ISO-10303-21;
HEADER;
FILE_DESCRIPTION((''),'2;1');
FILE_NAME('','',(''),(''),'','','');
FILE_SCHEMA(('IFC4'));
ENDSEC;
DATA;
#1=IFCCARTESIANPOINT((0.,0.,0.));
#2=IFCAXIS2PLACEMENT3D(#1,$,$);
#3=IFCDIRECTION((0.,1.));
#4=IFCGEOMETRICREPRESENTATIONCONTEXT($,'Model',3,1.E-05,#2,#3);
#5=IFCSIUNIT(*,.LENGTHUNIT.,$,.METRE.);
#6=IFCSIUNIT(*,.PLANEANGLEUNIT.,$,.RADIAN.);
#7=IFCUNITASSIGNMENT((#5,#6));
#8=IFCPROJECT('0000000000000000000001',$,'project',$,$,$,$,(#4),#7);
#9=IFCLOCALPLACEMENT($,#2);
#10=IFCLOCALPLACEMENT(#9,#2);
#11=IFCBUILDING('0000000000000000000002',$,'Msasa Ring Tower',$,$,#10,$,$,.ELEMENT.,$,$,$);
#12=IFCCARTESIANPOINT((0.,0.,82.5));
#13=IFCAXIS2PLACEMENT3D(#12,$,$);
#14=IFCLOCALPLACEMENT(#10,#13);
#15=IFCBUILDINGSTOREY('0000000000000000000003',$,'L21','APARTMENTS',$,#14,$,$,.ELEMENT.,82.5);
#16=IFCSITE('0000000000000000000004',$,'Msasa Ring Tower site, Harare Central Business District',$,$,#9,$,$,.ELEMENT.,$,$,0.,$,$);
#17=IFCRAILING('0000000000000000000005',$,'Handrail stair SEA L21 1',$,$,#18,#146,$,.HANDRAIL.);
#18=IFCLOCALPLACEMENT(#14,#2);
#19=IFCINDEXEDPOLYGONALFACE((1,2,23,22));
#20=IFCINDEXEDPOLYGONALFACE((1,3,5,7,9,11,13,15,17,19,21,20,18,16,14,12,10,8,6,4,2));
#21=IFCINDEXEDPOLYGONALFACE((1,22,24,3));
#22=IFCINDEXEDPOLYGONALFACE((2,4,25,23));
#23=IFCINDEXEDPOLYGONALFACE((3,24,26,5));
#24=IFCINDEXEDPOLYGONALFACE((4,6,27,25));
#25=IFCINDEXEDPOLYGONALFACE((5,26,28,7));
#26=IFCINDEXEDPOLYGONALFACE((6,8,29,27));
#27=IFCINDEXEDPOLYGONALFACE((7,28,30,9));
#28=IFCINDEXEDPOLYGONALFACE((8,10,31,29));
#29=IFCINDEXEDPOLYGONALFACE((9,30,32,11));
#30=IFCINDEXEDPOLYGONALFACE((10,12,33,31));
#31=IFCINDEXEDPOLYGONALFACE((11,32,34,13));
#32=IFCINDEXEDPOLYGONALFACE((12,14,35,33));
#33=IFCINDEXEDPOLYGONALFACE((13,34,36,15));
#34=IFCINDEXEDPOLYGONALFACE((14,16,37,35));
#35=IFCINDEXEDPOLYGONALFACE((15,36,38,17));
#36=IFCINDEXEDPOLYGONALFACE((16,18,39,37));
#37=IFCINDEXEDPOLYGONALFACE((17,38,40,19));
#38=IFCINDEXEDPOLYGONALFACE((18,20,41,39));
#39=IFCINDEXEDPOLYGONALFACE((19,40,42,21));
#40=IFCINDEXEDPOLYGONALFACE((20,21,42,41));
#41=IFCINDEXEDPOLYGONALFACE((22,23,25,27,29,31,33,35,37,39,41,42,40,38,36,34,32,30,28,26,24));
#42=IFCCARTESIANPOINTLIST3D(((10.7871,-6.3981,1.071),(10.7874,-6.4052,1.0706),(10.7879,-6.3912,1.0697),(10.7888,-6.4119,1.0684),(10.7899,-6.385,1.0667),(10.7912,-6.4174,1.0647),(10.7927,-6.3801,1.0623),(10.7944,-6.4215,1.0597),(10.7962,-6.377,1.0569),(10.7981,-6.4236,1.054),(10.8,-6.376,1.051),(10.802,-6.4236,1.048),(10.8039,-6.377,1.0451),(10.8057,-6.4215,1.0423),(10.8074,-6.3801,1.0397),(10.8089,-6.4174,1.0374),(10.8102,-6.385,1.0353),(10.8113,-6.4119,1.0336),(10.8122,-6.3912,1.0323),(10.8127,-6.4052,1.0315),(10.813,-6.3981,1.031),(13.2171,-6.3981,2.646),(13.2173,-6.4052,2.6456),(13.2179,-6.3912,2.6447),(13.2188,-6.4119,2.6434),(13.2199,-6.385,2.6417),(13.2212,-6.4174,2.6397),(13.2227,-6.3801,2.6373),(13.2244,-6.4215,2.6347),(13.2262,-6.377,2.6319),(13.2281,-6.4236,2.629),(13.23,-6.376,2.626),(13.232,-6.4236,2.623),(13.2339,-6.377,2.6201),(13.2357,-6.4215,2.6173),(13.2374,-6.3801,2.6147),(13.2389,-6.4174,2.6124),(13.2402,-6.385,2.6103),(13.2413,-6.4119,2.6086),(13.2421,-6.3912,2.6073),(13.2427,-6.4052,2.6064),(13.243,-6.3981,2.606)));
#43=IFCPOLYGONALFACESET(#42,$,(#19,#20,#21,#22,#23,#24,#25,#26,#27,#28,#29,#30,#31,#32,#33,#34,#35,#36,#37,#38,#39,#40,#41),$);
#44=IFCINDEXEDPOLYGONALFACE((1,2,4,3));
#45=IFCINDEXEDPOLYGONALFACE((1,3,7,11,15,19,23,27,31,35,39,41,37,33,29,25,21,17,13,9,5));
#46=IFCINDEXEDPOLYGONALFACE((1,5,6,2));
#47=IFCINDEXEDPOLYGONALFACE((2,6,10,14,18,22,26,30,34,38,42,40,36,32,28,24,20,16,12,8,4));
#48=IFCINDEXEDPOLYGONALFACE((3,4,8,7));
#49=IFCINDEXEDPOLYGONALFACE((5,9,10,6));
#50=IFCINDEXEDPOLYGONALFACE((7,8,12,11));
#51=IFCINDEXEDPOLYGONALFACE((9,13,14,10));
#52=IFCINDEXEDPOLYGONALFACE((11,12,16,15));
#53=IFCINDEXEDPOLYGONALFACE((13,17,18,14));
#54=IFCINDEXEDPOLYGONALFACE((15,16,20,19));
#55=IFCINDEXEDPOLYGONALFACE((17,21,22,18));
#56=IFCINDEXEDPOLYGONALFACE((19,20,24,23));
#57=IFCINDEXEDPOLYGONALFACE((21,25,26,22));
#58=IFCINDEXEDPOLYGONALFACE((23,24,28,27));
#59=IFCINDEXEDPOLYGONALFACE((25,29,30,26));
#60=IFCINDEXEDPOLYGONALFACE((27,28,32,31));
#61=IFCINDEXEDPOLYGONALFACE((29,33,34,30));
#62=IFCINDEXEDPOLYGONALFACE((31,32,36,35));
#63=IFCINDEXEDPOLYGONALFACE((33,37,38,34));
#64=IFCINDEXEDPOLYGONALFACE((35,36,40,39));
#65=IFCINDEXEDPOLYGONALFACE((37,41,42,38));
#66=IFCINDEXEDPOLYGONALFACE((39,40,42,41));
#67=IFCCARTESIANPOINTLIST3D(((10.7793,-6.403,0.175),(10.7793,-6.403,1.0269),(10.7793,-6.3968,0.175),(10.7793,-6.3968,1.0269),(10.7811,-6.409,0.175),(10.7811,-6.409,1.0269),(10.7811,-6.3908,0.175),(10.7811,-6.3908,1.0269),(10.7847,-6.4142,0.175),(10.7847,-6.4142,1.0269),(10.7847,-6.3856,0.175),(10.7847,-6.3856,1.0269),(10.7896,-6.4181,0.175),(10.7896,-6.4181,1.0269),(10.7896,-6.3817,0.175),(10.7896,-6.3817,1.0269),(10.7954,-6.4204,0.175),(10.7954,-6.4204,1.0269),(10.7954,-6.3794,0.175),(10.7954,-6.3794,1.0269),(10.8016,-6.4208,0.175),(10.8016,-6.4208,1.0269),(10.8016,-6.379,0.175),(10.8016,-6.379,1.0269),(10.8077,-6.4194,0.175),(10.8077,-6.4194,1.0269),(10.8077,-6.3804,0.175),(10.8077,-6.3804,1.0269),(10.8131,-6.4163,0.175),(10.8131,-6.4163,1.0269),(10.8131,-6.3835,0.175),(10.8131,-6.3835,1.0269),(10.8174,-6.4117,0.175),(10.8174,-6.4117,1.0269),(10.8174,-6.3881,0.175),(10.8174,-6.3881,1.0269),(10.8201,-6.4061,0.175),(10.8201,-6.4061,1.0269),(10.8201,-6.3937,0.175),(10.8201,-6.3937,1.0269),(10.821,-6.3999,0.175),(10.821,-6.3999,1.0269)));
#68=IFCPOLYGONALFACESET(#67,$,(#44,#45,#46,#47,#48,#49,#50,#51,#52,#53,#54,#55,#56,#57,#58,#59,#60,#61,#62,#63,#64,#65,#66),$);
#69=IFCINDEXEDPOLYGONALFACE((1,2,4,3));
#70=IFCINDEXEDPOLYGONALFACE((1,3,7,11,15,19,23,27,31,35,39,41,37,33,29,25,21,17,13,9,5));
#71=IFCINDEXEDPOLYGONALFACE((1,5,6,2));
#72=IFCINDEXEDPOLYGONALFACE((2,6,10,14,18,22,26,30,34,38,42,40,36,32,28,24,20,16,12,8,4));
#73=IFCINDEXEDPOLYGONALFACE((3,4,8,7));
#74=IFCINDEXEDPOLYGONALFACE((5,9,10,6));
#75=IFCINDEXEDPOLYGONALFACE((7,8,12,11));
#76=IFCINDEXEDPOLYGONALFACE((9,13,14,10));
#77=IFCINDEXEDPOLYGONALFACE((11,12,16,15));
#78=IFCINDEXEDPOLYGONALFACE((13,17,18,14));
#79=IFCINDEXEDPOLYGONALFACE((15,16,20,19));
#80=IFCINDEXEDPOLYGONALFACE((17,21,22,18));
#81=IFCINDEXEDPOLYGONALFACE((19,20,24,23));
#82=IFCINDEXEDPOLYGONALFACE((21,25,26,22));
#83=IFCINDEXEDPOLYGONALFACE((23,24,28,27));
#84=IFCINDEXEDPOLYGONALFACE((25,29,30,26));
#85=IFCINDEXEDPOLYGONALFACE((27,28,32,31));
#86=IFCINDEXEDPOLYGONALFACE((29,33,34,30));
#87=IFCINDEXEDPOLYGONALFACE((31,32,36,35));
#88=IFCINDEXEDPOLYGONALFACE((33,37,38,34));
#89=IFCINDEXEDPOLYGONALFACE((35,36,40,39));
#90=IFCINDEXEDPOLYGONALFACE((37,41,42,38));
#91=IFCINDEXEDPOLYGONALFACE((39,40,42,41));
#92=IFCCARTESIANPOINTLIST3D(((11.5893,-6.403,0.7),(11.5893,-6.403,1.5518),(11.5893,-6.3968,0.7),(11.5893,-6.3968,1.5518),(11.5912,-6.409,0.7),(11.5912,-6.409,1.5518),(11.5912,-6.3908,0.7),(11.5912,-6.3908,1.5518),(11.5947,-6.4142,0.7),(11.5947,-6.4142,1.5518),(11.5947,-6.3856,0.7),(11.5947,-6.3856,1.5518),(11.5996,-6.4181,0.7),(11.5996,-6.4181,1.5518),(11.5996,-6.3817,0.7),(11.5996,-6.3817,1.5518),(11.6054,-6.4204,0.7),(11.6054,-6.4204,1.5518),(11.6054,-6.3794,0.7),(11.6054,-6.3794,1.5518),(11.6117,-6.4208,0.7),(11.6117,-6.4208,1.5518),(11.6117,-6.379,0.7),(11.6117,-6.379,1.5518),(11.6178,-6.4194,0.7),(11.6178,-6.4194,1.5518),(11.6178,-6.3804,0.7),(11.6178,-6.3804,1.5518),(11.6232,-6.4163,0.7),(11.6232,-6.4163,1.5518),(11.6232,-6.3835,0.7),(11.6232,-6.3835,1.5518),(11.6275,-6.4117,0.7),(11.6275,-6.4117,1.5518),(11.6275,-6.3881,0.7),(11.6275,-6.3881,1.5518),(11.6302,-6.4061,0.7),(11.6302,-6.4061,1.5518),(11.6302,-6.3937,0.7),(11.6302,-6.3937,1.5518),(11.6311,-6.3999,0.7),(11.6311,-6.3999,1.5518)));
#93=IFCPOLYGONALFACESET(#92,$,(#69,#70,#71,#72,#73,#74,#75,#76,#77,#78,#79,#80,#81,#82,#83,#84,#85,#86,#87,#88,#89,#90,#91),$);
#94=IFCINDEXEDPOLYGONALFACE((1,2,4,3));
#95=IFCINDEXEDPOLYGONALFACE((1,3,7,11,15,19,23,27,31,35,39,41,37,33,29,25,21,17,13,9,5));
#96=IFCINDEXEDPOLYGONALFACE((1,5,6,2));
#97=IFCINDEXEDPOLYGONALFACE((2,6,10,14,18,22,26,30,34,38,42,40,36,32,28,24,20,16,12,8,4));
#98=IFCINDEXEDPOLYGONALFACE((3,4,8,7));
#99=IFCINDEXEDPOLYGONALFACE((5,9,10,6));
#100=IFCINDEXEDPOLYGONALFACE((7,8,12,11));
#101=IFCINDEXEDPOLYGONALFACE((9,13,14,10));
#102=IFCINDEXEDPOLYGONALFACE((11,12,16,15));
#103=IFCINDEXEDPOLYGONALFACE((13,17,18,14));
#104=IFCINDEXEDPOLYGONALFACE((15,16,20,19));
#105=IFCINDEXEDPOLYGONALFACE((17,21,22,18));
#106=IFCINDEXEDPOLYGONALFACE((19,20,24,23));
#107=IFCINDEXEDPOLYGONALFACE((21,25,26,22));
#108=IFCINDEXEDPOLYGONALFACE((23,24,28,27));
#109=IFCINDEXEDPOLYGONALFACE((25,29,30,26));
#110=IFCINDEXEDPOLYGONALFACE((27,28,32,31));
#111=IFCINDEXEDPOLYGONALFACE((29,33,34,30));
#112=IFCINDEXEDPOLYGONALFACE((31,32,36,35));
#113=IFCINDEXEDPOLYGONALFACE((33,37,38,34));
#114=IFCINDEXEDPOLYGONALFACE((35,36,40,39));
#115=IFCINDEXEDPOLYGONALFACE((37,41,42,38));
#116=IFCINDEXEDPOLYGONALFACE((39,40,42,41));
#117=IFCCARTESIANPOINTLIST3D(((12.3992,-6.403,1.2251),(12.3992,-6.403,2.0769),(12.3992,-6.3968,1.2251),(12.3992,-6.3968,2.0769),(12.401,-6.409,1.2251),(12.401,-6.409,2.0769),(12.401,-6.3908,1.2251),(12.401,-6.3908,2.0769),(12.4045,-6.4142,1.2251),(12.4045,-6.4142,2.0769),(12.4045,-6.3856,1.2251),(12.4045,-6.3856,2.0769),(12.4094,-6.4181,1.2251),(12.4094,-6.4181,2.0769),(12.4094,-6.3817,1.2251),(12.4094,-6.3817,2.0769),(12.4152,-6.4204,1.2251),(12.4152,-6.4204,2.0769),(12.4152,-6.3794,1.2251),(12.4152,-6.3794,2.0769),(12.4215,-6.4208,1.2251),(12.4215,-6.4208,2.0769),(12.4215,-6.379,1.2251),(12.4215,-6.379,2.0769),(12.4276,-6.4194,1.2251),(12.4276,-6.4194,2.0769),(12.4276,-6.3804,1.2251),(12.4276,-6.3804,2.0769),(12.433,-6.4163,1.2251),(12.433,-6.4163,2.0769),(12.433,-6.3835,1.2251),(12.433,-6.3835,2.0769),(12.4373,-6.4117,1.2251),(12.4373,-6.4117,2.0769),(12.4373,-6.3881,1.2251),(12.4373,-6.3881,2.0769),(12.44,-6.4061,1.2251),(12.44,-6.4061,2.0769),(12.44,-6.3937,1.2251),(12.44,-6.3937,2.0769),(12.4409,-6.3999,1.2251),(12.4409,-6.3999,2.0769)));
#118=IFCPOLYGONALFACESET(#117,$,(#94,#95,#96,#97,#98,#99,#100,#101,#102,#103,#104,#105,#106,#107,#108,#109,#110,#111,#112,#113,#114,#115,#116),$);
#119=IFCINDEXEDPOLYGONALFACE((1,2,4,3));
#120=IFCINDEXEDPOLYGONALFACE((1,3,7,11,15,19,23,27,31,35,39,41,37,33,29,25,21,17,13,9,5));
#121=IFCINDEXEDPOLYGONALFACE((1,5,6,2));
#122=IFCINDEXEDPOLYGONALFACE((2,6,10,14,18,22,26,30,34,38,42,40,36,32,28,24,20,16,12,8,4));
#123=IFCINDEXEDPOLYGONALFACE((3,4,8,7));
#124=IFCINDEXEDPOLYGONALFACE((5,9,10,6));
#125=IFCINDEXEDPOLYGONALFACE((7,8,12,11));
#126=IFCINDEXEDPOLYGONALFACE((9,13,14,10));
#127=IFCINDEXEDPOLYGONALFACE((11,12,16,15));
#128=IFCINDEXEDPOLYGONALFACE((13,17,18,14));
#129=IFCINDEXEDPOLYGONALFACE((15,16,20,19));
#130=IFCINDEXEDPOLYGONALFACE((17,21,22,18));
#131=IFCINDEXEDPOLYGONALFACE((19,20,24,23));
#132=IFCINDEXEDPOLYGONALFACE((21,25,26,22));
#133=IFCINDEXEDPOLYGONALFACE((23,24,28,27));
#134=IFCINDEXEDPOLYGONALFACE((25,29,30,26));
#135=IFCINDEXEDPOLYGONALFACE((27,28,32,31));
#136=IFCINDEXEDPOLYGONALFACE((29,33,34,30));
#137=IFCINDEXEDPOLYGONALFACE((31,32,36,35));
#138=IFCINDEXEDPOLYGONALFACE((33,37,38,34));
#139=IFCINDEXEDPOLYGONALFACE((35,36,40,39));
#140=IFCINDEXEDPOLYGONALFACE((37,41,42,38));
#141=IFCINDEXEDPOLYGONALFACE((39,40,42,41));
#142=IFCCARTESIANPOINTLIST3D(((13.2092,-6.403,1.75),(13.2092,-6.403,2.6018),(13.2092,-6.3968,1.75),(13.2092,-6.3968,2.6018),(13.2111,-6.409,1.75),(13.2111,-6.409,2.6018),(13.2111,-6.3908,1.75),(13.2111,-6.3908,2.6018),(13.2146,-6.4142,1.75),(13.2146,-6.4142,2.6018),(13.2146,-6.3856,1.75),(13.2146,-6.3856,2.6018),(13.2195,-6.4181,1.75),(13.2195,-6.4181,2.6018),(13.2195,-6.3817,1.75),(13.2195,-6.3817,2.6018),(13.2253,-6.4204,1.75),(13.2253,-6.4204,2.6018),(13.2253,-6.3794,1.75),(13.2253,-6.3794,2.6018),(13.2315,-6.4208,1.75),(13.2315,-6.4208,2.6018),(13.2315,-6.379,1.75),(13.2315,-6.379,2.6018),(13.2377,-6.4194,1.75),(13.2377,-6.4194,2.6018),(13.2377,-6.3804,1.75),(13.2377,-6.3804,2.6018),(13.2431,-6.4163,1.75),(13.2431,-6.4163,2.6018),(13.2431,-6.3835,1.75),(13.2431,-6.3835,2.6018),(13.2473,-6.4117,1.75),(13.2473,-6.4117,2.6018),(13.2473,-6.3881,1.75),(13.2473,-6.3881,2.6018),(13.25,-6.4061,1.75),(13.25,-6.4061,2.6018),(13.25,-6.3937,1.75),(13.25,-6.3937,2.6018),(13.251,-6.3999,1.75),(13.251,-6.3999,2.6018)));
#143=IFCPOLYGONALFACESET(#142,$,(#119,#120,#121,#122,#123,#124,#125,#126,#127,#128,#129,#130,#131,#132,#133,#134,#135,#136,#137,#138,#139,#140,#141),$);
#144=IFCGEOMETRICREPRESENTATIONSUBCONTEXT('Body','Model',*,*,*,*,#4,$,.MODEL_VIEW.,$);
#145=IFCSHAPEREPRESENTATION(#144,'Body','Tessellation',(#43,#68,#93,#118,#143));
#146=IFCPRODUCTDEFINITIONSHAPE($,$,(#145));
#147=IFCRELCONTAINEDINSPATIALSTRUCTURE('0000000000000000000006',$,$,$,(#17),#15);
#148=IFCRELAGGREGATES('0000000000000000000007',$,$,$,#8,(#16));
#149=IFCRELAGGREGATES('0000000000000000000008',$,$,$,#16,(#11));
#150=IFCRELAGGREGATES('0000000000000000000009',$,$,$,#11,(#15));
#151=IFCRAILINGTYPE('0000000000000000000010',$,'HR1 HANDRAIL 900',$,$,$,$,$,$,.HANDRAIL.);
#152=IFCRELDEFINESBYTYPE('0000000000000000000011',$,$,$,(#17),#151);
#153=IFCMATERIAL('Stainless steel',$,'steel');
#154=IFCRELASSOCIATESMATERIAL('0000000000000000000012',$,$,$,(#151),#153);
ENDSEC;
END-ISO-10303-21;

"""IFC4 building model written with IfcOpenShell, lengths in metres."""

from ifc_helpers import new_model, si_unit, direction, frame, origin, origin_2d, place, context, subcontext, project, spatial, circle, extrude, material, type_object, element, save


model = new_model("IFC4")

# Units and contexts
model_context = context("Model", 3, precision=1e-05, world=origin(), true_north=direction((0.0, 1.0)))
body_context = subcontext(model_context, "Body", "Model", "MODEL_VIEW")
ifc_project = project(units=[si_unit("LENGTHUNIT", "METRE"), si_unit("PLANEANGLEUNIT", "RADIAN")], contexts=[model_context])

# Site, building, storey
site_placement = place(None, origin())
site = spatial("IfcSite", under=ifc_project, at=site_placement, Name="Msasa Ring Tower site, Harare Central Business District", CompositionType="ELEMENT", RefElevation=0.0)
building_placement = place(site_placement, origin())
building = spatial("IfcBuilding", under=site, at=building_placement, Name="Msasa Ring Tower", CompositionType="ELEMENT")
storey_placement = place(building_placement, frame((0.0, 0.0, 82.5)))
storey = spatial("IfcBuildingStorey", under=building, at=storey_placement, Name="L21", Description="APARTMENTS", CompositionType="ELEMENT", Elevation=82.5)

# Railing
ifc_material_1 = material(Name="Stainless steel", Category="steel")
railing_type = type_object("IfcRailingType", Name="HR1 HANDRAIL 900", PredefinedType="HANDRAIL", material=ifc_material_1)
for number, where, name in (
    (1, (10.8, -6.3999, 0.175), "Handrail stair SEA L21 1"),
):
    element("IfcRailing", number, at=place(storey_placement, frame(where)), inside=storey, type_object=railing_type, Name=name, PredefinedType="HANDRAIL", context=body_context, shape_type="SweptSolid", body=[
        extrude(circle(Radius=0.0239, at=origin_2d()), frame((0.0, 0.0, 0.876), z_axis=(0.839154, 0.0, 0.543894), x_axis=(0.0, 1.0, 0.0)), (0.0, 0.0, 1.0), 2.8958),
        extrude(circle(Radius=0.021, at=origin_2d()), origin(), (0.0, 0.0, 1.0), 0.8518),
        extrude(circle(Radius=0.021, at=origin_2d()), frame((0.8101, 0.0, 0.5249)), (0.0, 0.0, 1.0), 0.8518),
        extrude(circle(Radius=0.021, at=origin_2d()), frame((1.6199, 0.0, 1.05)), (0.0, 0.0, 1.0), 0.8518),
        extrude(circle(Radius=0.021, at=origin_2d()), frame((2.4299, 0.0, 1.575)), (0.0, 0.0, 1.0), 0.8518),
    ])

save(model, "model.ifc")
